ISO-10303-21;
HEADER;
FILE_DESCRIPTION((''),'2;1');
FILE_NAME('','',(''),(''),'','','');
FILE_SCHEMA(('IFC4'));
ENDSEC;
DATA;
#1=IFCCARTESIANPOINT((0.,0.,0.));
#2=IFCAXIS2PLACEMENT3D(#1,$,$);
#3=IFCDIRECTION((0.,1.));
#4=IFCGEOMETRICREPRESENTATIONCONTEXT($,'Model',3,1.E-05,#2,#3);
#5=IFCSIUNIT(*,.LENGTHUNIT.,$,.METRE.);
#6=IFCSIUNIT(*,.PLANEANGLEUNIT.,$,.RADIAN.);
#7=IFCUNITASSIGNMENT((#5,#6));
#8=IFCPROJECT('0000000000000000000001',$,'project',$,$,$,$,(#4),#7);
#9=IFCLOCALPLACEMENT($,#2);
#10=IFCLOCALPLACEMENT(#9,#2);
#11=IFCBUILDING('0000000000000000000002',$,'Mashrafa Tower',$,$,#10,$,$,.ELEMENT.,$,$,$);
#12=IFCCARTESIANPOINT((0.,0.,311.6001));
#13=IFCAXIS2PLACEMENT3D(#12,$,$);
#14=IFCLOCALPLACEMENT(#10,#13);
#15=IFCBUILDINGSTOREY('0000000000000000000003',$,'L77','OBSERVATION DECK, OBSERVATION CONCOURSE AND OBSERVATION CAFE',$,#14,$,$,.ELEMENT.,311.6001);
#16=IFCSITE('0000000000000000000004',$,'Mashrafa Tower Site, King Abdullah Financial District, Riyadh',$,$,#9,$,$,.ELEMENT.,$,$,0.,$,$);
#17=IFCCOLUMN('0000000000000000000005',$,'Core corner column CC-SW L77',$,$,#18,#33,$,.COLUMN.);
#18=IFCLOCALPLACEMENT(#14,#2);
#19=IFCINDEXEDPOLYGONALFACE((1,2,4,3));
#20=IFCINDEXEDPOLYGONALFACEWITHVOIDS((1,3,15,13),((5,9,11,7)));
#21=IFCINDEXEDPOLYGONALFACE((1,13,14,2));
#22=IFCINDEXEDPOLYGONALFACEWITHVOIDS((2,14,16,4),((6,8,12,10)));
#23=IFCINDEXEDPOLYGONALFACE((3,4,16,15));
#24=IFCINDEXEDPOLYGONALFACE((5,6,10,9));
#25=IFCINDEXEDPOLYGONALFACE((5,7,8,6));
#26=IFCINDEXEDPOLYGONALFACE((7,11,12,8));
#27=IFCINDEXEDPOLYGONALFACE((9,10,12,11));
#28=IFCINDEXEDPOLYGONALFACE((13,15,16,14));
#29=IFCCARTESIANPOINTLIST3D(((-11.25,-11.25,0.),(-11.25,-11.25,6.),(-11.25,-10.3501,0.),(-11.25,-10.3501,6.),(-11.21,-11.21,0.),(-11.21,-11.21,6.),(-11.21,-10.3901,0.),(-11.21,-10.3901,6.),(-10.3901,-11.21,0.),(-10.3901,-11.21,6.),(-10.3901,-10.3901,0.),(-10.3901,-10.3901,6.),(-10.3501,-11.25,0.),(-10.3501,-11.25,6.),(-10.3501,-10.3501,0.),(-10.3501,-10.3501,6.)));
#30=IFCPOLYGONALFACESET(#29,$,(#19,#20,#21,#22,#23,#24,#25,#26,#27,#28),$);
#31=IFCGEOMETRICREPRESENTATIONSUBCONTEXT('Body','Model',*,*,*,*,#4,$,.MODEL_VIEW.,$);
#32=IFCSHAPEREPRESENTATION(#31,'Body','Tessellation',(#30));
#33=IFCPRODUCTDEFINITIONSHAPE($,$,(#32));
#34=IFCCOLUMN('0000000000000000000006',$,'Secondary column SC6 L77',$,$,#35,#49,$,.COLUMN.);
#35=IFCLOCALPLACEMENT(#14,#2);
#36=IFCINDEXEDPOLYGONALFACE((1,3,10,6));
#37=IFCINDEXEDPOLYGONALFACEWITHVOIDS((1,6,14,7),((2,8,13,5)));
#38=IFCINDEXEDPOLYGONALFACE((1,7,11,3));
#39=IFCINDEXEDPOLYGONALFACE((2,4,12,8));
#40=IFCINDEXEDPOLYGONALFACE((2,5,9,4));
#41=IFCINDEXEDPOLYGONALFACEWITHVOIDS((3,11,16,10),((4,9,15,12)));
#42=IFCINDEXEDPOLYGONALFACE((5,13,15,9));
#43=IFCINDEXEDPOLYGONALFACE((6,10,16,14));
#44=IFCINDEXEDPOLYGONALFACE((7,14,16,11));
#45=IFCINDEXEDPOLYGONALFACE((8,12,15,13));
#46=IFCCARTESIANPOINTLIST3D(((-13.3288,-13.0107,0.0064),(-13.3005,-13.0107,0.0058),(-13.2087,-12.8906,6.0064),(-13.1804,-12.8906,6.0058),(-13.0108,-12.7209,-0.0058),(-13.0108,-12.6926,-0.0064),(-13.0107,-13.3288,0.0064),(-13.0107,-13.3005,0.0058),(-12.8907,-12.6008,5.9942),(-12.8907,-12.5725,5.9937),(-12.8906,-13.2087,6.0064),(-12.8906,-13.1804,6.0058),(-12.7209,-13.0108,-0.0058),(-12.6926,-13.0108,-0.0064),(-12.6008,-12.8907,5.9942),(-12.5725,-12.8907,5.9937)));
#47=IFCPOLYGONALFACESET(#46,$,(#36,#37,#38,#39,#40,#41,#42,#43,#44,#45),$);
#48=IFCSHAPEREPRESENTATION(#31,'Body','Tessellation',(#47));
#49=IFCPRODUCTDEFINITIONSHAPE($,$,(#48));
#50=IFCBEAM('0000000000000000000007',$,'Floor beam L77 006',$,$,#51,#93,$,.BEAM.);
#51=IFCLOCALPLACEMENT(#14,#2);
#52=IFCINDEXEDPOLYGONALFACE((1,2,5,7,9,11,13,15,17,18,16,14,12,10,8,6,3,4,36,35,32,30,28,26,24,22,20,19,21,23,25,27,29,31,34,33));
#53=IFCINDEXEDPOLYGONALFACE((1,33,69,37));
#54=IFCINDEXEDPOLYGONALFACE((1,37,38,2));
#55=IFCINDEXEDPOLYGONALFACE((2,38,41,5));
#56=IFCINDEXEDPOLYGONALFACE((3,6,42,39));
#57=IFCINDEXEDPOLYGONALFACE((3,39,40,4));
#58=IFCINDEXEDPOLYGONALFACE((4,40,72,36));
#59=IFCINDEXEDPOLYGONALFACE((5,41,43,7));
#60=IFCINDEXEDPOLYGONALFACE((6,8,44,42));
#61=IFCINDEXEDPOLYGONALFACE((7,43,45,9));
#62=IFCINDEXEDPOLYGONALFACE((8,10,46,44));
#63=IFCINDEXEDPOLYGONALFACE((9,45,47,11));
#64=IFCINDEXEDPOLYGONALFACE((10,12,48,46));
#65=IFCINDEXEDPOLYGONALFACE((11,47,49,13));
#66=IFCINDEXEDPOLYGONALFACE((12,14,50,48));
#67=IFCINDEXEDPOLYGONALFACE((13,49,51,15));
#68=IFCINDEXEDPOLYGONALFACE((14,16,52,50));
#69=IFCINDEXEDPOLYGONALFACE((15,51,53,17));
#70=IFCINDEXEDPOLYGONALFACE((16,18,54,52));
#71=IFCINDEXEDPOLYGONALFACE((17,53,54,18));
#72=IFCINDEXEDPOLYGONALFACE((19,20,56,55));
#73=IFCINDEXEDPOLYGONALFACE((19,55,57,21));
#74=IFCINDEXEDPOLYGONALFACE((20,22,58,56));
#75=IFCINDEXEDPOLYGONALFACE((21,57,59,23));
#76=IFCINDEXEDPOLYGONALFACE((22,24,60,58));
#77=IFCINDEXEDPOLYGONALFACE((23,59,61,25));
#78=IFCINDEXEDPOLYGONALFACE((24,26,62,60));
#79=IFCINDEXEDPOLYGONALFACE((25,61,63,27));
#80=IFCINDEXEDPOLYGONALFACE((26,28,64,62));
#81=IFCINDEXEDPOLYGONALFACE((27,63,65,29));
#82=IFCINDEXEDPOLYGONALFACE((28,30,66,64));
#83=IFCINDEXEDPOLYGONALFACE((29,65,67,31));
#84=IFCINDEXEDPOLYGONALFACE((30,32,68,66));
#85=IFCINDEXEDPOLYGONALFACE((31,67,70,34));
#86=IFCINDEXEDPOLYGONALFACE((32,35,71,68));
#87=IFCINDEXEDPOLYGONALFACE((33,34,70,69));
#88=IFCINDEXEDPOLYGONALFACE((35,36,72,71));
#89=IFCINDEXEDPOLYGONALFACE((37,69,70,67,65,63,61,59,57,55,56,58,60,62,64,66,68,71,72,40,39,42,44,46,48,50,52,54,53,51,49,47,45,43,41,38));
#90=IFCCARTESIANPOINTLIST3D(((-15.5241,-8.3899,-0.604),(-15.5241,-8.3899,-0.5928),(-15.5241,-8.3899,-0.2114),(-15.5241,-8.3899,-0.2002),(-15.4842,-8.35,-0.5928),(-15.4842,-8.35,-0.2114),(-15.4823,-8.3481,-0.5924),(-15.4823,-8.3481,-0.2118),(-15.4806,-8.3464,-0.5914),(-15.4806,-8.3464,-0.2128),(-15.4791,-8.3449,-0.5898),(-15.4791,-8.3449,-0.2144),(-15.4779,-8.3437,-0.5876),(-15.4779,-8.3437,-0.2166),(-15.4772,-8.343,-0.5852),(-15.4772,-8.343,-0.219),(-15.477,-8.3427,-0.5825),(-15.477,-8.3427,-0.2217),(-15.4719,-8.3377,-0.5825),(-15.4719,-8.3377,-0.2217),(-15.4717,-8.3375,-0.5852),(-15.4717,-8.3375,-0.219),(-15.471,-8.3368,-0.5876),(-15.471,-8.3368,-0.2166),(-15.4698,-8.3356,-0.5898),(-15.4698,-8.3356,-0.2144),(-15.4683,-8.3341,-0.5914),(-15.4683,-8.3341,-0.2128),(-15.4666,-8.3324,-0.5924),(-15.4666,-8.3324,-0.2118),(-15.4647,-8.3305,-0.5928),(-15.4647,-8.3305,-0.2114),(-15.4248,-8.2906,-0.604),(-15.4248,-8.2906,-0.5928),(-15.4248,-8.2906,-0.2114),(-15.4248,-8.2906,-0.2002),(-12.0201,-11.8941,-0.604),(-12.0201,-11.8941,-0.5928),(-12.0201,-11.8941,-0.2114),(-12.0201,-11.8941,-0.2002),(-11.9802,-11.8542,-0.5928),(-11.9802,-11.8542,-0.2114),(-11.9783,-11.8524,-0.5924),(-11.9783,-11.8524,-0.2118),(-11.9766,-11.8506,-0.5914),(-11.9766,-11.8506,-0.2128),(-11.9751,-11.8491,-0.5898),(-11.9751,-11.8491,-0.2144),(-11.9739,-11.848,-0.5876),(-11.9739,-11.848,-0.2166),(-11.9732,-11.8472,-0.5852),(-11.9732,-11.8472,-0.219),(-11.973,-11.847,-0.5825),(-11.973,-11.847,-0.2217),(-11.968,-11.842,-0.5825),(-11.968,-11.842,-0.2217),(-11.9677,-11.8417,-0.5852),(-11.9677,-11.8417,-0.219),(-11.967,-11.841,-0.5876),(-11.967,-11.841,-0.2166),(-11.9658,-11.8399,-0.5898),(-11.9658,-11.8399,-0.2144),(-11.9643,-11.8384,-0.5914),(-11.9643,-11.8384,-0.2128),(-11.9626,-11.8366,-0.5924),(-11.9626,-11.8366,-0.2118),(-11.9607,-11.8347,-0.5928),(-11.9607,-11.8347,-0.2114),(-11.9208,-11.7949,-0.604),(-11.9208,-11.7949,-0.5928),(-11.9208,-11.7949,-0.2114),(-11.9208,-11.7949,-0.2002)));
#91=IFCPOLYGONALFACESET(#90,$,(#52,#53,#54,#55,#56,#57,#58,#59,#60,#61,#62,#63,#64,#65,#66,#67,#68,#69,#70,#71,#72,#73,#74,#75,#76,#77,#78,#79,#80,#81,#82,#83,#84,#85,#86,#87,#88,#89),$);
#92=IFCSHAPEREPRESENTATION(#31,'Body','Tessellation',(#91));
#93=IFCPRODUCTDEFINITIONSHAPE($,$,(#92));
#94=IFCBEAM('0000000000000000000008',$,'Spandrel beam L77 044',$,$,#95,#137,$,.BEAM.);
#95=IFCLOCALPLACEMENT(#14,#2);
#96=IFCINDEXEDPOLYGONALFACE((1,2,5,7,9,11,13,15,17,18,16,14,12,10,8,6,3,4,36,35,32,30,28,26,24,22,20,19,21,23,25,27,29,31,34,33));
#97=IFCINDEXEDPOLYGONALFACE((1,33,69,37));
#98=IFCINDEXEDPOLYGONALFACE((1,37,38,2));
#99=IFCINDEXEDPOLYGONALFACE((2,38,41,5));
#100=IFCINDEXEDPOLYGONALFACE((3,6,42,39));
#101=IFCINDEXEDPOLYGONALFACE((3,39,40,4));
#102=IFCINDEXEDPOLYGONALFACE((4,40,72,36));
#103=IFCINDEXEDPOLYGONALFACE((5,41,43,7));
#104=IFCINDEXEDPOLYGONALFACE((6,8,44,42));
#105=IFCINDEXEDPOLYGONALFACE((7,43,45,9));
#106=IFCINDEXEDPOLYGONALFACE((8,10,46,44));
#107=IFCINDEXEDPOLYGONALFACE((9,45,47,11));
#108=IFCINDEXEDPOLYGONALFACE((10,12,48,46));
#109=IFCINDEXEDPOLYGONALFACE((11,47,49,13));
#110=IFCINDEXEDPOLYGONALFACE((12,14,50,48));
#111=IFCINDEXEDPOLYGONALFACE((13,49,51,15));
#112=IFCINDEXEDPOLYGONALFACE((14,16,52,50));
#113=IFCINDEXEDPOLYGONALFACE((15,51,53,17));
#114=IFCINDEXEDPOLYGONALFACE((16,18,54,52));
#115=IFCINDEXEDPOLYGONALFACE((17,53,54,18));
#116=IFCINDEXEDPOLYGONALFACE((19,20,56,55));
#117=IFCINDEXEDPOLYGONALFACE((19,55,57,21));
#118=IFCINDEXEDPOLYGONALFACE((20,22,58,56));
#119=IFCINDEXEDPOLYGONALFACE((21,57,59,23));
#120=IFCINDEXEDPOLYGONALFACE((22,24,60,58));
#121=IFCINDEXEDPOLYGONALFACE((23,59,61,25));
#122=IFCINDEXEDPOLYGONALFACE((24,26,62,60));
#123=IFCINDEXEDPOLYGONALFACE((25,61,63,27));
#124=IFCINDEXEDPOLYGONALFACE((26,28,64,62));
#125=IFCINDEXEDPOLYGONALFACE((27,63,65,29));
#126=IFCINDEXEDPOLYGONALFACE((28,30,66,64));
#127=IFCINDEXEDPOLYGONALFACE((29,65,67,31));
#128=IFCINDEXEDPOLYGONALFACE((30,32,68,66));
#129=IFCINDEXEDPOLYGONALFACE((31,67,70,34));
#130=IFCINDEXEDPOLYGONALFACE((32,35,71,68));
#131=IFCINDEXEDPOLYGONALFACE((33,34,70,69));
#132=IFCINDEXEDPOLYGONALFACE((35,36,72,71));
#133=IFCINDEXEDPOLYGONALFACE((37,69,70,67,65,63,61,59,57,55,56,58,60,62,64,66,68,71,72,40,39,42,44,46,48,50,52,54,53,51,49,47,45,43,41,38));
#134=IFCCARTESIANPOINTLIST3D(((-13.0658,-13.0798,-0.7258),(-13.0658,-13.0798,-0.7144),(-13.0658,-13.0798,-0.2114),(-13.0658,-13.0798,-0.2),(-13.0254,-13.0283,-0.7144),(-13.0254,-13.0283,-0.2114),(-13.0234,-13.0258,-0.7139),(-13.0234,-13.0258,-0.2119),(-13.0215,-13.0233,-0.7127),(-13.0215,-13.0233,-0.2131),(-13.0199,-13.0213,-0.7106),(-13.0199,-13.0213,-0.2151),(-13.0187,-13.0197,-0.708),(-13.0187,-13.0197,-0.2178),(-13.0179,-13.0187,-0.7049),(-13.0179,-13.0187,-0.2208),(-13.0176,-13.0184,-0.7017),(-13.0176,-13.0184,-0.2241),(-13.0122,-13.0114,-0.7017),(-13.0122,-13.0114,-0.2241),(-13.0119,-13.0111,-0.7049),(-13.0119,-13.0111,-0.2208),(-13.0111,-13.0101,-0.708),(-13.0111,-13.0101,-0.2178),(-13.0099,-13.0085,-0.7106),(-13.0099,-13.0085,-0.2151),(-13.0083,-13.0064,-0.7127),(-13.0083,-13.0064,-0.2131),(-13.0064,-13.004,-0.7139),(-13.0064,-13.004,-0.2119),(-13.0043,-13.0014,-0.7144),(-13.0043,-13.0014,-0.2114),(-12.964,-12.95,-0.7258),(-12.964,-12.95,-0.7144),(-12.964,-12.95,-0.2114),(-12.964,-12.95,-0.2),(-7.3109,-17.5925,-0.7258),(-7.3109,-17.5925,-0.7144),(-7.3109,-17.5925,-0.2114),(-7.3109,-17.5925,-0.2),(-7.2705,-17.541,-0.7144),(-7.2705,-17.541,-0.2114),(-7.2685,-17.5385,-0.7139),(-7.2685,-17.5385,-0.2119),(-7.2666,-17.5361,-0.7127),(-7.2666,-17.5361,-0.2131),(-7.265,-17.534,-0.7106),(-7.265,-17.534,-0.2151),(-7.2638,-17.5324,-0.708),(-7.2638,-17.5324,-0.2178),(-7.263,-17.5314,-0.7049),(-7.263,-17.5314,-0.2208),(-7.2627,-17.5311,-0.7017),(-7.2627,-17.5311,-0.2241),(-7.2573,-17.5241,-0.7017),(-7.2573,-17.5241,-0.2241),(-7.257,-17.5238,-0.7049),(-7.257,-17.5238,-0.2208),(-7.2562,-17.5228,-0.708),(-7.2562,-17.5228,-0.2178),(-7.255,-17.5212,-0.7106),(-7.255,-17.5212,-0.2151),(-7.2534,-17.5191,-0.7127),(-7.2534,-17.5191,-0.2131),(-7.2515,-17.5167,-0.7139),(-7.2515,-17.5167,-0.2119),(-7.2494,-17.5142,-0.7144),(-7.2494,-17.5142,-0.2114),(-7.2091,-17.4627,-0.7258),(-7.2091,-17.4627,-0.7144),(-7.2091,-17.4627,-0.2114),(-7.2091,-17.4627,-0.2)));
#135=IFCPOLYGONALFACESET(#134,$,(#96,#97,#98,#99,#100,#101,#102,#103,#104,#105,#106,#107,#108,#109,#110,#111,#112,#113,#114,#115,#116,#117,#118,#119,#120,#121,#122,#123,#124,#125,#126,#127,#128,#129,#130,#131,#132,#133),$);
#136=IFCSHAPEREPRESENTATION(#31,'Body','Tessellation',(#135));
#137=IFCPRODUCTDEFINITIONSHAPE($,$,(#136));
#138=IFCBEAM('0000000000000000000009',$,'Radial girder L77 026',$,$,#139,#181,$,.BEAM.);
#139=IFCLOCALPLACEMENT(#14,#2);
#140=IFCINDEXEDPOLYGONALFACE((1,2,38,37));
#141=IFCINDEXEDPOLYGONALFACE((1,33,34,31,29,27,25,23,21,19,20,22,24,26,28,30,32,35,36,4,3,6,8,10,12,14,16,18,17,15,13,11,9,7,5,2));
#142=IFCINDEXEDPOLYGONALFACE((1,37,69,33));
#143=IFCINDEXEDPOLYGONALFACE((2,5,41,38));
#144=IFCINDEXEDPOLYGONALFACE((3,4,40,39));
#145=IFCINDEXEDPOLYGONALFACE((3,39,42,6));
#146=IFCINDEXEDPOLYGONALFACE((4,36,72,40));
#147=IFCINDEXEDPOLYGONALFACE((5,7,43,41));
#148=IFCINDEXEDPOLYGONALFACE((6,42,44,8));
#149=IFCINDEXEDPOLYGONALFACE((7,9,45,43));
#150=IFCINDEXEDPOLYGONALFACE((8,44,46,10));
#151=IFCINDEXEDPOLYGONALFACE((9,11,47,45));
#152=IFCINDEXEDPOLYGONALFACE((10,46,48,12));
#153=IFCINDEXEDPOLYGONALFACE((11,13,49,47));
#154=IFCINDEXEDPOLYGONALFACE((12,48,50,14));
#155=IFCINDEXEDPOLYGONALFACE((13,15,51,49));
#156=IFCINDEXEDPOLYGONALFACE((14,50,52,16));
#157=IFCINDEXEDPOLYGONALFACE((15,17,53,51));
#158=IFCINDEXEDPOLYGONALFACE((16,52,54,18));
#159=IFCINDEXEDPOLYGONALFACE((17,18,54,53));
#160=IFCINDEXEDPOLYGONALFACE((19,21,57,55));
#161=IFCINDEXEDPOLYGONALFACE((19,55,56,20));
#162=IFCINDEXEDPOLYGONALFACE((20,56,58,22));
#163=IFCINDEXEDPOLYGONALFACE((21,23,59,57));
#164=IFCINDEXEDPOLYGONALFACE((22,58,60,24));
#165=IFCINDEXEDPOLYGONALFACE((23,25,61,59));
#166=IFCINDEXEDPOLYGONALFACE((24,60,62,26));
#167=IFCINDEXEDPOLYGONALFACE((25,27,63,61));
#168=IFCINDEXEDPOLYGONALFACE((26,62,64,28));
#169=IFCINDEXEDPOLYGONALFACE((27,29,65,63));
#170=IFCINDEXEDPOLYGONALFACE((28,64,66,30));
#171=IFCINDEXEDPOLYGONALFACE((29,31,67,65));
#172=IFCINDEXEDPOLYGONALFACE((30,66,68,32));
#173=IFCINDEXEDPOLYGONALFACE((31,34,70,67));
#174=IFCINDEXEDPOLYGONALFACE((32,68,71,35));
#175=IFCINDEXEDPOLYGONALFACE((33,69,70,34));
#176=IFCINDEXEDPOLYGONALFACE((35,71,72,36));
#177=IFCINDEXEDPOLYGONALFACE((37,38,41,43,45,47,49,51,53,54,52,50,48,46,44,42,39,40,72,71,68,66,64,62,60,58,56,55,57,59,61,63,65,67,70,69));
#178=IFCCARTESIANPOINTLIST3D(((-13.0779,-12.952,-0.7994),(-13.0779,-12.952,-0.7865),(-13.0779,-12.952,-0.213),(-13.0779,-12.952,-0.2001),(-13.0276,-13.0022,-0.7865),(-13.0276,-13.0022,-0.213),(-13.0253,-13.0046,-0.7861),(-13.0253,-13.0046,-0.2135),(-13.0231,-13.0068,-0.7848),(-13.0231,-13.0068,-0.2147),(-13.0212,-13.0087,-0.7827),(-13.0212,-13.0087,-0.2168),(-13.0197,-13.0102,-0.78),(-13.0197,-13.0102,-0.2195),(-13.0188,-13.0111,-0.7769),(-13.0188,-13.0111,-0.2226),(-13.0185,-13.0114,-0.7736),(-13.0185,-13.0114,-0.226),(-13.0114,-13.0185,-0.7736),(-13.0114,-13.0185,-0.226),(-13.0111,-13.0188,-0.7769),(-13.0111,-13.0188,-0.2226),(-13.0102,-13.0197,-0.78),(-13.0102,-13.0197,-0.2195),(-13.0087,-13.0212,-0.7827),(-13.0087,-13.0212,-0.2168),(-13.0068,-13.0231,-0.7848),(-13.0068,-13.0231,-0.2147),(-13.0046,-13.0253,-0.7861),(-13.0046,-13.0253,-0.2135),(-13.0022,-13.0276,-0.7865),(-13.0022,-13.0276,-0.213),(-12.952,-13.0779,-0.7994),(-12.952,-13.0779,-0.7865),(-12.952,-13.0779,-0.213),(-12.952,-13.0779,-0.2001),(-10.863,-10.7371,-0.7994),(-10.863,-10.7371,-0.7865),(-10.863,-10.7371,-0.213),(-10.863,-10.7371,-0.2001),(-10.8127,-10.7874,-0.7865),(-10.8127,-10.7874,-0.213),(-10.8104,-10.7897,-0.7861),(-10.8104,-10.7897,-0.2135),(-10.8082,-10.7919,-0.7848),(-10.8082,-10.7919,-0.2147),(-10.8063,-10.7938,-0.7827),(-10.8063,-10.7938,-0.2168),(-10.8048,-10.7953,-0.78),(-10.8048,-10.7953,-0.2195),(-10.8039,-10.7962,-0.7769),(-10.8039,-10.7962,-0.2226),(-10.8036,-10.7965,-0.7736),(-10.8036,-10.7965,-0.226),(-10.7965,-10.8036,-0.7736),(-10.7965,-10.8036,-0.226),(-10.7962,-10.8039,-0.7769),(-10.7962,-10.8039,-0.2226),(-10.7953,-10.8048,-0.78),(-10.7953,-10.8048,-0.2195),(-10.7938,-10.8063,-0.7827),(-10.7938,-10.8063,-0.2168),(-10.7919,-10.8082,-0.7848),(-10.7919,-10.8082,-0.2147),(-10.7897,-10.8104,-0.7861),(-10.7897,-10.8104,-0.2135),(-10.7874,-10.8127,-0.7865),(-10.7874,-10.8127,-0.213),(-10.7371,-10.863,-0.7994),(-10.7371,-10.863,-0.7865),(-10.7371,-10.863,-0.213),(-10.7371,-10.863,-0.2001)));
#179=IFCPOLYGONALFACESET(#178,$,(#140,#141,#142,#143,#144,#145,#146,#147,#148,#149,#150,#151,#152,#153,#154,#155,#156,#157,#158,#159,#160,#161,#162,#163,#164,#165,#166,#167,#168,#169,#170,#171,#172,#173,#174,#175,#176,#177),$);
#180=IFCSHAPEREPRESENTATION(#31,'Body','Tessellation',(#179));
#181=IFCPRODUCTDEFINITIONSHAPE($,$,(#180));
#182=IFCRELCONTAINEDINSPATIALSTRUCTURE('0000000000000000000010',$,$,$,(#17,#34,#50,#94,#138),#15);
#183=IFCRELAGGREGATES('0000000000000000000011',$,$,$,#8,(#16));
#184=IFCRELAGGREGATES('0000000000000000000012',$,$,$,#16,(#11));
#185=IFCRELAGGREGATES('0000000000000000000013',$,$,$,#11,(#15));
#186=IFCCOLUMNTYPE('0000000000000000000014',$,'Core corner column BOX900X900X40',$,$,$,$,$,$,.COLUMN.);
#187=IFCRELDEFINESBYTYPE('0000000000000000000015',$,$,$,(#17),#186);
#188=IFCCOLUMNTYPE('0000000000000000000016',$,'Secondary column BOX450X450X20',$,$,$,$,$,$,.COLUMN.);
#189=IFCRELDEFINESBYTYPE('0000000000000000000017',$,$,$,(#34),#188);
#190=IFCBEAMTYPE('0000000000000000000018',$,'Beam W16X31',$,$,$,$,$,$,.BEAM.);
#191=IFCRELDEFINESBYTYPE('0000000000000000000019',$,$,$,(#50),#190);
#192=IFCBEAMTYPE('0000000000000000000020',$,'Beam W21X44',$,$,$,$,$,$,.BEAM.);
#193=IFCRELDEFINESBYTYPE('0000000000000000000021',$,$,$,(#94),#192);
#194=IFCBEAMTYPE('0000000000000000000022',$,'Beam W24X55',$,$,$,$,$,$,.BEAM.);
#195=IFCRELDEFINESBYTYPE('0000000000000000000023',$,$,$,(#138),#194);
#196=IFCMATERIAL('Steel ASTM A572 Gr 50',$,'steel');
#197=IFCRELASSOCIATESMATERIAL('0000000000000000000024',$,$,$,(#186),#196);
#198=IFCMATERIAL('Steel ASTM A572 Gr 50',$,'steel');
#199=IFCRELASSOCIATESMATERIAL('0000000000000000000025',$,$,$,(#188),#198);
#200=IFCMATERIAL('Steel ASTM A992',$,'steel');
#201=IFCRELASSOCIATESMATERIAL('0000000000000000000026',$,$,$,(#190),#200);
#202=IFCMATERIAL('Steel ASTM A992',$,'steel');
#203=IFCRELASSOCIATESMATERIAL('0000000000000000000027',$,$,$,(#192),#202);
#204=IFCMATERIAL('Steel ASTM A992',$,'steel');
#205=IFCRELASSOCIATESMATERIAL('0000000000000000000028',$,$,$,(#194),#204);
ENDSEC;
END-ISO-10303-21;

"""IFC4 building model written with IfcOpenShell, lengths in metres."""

from ifc_helpers import new_model, si_unit, direction, frame, origin, origin_2d, place, context, subcontext, project, spatial, hollow_rectangle, i_section, extrude, material, material_profile, profile_set, type_object, element, save


model = new_model("IFC4")

# Units and contexts
model_context = context("Model", 3, precision=1e-05, world=origin(), true_north=direction((0.0, 1.0)))
body_context = subcontext(model_context, "Body", "Model", "MODEL_VIEW")
ifc_project = project(units=[si_unit("LENGTHUNIT", "METRE"), si_unit("PLANEANGLEUNIT", "RADIAN")], contexts=[model_context])

# Site, building, storey
site_placement = place(None, origin())
site = spatial("IfcSite", under=ifc_project, at=site_placement, Name="Mashrafa Tower Site, King Abdullah Financial District, Riyadh", CompositionType="ELEMENT", RefElevation=0.0)
building_placement = place(site_placement, origin())
building = spatial("IfcBuilding", under=site, at=building_placement, Name="Mashrafa Tower", CompositionType="ELEMENT")
storey_placement = place(building_placement, frame((0.0, 0.0, 311.6001)))
storey = spatial("IfcBuildingStorey", under=building, at=storey_placement, Name="L77", Description="OBSERVATION DECK, OBSERVATION CONCOURSE AND OBSERVATION CAFE", CompositionType="ELEMENT", Elevation=311.6001)

# Columns
ifc_material_1 = material(Name="Steel ASTM A572 Gr 50", Category="steel")
ifc_material_profile_1 = material_profile(ifc_material_1, hollow_rectangle(XDim=0.8999, YDim=0.8999, WallThickness=0.04, at=origin_2d()), Name="BOX900X900X40")
ifc_profile_set_1 = profile_set([ifc_material_profile_1], Name="Steel ASTM A572 Gr 50")
column_type_1 = type_object("IfcColumnType", Name="Core corner column BOX900X900X40", PredefinedType="COLUMN", material=ifc_profile_set_1)
column_1_placement = place(storey_placement, frame((-10.8, -10.8, 0.0), z_axis=(0.0, 0.0, 1.0), x_axis=(1.0, 0.0, 0.0)))
element("IfcColumn", 1, at=column_1_placement, inside=storey, type_object=column_type_1, Name="Core corner column CC-SW L77", PredefinedType="COLUMN", context=body_context, shape_type="SweptSolid", body=[
    extrude(hollow_rectangle(XDim=0.8999, YDim=0.8999, WallThickness=0.04, at=origin_2d()), origin(), (0.0, 0.0, 1.0), 6.0),
])
ifc_material_2 = material(Name="Steel ASTM A572 Gr 50", Category="steel")
ifc_material_profile_2 = material_profile(ifc_material_2, hollow_rectangle(XDim=0.45, YDim=0.45, WallThickness=0.02, at=origin_2d()), Name="BOX450X450X20")
ifc_profile_set_2 = profile_set([ifc_material_profile_2], Name="Steel ASTM A572 Gr 50")
column_type_2 = type_object("IfcColumnType", Name="Secondary column BOX450X450X20", PredefinedType="COLUMN", material=ifc_profile_set_2)
column_2_placement = place(storey_placement, frame((-13.0107, -13.0107, 0.0), z_axis=(0.020012, 0.020012, 0.999599), x_axis=(-0.707107, 0.707107, 0.0)))
element("IfcColumn", 2, at=column_2_placement, inside=storey, type_object=column_type_2, Name="Secondary column SC6 L77", PredefinedType="COLUMN", context=body_context, shape_type="SweptSolid", body=[
    extrude(hollow_rectangle(XDim=0.45, YDim=0.45, WallThickness=0.02, at=origin_2d()), origin(), (0.0, 0.0, 1.0), 6.0024),
])

# Beams
ifc_material_3 = material(Name="Steel ASTM A992", Category="steel")
ifc_material_profile_3 = material_profile(ifc_material_3, i_section(OverallWidth=0.1404, OverallDepth=0.4038, WebThickness=0.0071, FlangeThickness=0.0112, FilletRadius=0.0103, at=origin_2d()), Name="W16X31")
ifc_profile_set_3 = profile_set([ifc_material_profile_3], Name="Steel ASTM A992")
beam_type_1 = type_object("IfcBeamType", Name="Beam W16X31", PredefinedType="BEAM", material=ifc_profile_set_3)
beam_1_placement = place(storey_placement, frame((-11.9705, -11.8445, -0.4021), z_axis=(-0.707082, 0.707131, 0.0), x_axis=(-0.707131, -0.707082, 0.0)))
element("IfcBeam", 3, at=beam_1_placement, inside=storey, type_object=beam_type_1, Name="Floor beam L77 006", PredefinedType="BEAM", context=body_context, shape_type="SweptSolid", body=[
    extrude(i_section(OverallWidth=0.1404, OverallDepth=0.4038, WebThickness=0.0071, FlangeThickness=0.0112, FilletRadius=0.0103, at=origin_2d()), origin(), (0.0, 0.0, 1.0), 4.9556),
])
ifc_material_4 = material(Name="Steel ASTM A992", Category="steel")
ifc_material_profile_4 = material_profile(ifc_material_4, i_section(OverallWidth=0.165, OverallDepth=0.5259, WebThickness=0.0088, FlangeThickness=0.0115, FilletRadius=0.0127, at=origin_2d()), Name="W21X44")
ifc_profile_set_4 = profile_set([ifc_material_profile_4], Name="Steel ASTM A992")
beam_type_2 = type_object("IfcBeamType", Name="Beam W21X44", PredefinedType="BEAM", material=ifc_profile_set_4)
beam_2_placement = place(storey_placement, frame((-13.0149, -13.0149, -0.4629), z_axis=(0.786916, -0.61706, 0.0), x_axis=(0.61706, 0.786916, 0.0)))
element("IfcBeam", 4, at=beam_2_placement, inside=storey, type_object=beam_type_2, Name="Spandrel beam L77 044", PredefinedType="BEAM", context=body_context, shape_type="SweptSolid", body=[
    extrude(i_section(OverallWidth=0.165, OverallDepth=0.5259, WebThickness=0.0088, FlangeThickness=0.0115, FilletRadius=0.0127, at=origin_2d()), origin(), (0.0, 0.0, 1.0), 7.3132),
])
ifc_material_5 = material(Name="Steel ASTM A992", Category="steel")
ifc_material_profile_5 = material_profile(ifc_material_5, i_section(OverallWidth=0.178, OverallDepth=0.5994, WebThickness=0.01, FlangeThickness=0.0129, FilletRadius=0.0129, at=origin_2d()), Name="W24X55")
ifc_profile_set_5 = profile_set([ifc_material_profile_5], Name="Steel ASTM A992")
beam_type_3 = type_object("IfcBeamType", Name="Beam W24X55", PredefinedType="BEAM", material=ifc_profile_set_5)
beam_3_placement = place(storey_placement, frame((-10.8, -10.8, -0.4998), z_axis=(-0.707107, -0.707107, 0.0), x_axis=(0.707107, -0.707107, 0.0)))
element("IfcBeam", 5, at=beam_3_placement, inside=storey, type_object=beam_type_3, Name="Radial girder L77 026", PredefinedType="BEAM", context=body_context, shape_type="SweptSolid", body=[
    extrude(i_section(OverallWidth=0.178, OverallDepth=0.5994, WebThickness=0.01, FlangeThickness=0.0129, FilletRadius=0.0129, at=origin_2d()), origin(), (0.0, 0.0, 1.0), 3.1323),
])

save(model, "model.ifc")
